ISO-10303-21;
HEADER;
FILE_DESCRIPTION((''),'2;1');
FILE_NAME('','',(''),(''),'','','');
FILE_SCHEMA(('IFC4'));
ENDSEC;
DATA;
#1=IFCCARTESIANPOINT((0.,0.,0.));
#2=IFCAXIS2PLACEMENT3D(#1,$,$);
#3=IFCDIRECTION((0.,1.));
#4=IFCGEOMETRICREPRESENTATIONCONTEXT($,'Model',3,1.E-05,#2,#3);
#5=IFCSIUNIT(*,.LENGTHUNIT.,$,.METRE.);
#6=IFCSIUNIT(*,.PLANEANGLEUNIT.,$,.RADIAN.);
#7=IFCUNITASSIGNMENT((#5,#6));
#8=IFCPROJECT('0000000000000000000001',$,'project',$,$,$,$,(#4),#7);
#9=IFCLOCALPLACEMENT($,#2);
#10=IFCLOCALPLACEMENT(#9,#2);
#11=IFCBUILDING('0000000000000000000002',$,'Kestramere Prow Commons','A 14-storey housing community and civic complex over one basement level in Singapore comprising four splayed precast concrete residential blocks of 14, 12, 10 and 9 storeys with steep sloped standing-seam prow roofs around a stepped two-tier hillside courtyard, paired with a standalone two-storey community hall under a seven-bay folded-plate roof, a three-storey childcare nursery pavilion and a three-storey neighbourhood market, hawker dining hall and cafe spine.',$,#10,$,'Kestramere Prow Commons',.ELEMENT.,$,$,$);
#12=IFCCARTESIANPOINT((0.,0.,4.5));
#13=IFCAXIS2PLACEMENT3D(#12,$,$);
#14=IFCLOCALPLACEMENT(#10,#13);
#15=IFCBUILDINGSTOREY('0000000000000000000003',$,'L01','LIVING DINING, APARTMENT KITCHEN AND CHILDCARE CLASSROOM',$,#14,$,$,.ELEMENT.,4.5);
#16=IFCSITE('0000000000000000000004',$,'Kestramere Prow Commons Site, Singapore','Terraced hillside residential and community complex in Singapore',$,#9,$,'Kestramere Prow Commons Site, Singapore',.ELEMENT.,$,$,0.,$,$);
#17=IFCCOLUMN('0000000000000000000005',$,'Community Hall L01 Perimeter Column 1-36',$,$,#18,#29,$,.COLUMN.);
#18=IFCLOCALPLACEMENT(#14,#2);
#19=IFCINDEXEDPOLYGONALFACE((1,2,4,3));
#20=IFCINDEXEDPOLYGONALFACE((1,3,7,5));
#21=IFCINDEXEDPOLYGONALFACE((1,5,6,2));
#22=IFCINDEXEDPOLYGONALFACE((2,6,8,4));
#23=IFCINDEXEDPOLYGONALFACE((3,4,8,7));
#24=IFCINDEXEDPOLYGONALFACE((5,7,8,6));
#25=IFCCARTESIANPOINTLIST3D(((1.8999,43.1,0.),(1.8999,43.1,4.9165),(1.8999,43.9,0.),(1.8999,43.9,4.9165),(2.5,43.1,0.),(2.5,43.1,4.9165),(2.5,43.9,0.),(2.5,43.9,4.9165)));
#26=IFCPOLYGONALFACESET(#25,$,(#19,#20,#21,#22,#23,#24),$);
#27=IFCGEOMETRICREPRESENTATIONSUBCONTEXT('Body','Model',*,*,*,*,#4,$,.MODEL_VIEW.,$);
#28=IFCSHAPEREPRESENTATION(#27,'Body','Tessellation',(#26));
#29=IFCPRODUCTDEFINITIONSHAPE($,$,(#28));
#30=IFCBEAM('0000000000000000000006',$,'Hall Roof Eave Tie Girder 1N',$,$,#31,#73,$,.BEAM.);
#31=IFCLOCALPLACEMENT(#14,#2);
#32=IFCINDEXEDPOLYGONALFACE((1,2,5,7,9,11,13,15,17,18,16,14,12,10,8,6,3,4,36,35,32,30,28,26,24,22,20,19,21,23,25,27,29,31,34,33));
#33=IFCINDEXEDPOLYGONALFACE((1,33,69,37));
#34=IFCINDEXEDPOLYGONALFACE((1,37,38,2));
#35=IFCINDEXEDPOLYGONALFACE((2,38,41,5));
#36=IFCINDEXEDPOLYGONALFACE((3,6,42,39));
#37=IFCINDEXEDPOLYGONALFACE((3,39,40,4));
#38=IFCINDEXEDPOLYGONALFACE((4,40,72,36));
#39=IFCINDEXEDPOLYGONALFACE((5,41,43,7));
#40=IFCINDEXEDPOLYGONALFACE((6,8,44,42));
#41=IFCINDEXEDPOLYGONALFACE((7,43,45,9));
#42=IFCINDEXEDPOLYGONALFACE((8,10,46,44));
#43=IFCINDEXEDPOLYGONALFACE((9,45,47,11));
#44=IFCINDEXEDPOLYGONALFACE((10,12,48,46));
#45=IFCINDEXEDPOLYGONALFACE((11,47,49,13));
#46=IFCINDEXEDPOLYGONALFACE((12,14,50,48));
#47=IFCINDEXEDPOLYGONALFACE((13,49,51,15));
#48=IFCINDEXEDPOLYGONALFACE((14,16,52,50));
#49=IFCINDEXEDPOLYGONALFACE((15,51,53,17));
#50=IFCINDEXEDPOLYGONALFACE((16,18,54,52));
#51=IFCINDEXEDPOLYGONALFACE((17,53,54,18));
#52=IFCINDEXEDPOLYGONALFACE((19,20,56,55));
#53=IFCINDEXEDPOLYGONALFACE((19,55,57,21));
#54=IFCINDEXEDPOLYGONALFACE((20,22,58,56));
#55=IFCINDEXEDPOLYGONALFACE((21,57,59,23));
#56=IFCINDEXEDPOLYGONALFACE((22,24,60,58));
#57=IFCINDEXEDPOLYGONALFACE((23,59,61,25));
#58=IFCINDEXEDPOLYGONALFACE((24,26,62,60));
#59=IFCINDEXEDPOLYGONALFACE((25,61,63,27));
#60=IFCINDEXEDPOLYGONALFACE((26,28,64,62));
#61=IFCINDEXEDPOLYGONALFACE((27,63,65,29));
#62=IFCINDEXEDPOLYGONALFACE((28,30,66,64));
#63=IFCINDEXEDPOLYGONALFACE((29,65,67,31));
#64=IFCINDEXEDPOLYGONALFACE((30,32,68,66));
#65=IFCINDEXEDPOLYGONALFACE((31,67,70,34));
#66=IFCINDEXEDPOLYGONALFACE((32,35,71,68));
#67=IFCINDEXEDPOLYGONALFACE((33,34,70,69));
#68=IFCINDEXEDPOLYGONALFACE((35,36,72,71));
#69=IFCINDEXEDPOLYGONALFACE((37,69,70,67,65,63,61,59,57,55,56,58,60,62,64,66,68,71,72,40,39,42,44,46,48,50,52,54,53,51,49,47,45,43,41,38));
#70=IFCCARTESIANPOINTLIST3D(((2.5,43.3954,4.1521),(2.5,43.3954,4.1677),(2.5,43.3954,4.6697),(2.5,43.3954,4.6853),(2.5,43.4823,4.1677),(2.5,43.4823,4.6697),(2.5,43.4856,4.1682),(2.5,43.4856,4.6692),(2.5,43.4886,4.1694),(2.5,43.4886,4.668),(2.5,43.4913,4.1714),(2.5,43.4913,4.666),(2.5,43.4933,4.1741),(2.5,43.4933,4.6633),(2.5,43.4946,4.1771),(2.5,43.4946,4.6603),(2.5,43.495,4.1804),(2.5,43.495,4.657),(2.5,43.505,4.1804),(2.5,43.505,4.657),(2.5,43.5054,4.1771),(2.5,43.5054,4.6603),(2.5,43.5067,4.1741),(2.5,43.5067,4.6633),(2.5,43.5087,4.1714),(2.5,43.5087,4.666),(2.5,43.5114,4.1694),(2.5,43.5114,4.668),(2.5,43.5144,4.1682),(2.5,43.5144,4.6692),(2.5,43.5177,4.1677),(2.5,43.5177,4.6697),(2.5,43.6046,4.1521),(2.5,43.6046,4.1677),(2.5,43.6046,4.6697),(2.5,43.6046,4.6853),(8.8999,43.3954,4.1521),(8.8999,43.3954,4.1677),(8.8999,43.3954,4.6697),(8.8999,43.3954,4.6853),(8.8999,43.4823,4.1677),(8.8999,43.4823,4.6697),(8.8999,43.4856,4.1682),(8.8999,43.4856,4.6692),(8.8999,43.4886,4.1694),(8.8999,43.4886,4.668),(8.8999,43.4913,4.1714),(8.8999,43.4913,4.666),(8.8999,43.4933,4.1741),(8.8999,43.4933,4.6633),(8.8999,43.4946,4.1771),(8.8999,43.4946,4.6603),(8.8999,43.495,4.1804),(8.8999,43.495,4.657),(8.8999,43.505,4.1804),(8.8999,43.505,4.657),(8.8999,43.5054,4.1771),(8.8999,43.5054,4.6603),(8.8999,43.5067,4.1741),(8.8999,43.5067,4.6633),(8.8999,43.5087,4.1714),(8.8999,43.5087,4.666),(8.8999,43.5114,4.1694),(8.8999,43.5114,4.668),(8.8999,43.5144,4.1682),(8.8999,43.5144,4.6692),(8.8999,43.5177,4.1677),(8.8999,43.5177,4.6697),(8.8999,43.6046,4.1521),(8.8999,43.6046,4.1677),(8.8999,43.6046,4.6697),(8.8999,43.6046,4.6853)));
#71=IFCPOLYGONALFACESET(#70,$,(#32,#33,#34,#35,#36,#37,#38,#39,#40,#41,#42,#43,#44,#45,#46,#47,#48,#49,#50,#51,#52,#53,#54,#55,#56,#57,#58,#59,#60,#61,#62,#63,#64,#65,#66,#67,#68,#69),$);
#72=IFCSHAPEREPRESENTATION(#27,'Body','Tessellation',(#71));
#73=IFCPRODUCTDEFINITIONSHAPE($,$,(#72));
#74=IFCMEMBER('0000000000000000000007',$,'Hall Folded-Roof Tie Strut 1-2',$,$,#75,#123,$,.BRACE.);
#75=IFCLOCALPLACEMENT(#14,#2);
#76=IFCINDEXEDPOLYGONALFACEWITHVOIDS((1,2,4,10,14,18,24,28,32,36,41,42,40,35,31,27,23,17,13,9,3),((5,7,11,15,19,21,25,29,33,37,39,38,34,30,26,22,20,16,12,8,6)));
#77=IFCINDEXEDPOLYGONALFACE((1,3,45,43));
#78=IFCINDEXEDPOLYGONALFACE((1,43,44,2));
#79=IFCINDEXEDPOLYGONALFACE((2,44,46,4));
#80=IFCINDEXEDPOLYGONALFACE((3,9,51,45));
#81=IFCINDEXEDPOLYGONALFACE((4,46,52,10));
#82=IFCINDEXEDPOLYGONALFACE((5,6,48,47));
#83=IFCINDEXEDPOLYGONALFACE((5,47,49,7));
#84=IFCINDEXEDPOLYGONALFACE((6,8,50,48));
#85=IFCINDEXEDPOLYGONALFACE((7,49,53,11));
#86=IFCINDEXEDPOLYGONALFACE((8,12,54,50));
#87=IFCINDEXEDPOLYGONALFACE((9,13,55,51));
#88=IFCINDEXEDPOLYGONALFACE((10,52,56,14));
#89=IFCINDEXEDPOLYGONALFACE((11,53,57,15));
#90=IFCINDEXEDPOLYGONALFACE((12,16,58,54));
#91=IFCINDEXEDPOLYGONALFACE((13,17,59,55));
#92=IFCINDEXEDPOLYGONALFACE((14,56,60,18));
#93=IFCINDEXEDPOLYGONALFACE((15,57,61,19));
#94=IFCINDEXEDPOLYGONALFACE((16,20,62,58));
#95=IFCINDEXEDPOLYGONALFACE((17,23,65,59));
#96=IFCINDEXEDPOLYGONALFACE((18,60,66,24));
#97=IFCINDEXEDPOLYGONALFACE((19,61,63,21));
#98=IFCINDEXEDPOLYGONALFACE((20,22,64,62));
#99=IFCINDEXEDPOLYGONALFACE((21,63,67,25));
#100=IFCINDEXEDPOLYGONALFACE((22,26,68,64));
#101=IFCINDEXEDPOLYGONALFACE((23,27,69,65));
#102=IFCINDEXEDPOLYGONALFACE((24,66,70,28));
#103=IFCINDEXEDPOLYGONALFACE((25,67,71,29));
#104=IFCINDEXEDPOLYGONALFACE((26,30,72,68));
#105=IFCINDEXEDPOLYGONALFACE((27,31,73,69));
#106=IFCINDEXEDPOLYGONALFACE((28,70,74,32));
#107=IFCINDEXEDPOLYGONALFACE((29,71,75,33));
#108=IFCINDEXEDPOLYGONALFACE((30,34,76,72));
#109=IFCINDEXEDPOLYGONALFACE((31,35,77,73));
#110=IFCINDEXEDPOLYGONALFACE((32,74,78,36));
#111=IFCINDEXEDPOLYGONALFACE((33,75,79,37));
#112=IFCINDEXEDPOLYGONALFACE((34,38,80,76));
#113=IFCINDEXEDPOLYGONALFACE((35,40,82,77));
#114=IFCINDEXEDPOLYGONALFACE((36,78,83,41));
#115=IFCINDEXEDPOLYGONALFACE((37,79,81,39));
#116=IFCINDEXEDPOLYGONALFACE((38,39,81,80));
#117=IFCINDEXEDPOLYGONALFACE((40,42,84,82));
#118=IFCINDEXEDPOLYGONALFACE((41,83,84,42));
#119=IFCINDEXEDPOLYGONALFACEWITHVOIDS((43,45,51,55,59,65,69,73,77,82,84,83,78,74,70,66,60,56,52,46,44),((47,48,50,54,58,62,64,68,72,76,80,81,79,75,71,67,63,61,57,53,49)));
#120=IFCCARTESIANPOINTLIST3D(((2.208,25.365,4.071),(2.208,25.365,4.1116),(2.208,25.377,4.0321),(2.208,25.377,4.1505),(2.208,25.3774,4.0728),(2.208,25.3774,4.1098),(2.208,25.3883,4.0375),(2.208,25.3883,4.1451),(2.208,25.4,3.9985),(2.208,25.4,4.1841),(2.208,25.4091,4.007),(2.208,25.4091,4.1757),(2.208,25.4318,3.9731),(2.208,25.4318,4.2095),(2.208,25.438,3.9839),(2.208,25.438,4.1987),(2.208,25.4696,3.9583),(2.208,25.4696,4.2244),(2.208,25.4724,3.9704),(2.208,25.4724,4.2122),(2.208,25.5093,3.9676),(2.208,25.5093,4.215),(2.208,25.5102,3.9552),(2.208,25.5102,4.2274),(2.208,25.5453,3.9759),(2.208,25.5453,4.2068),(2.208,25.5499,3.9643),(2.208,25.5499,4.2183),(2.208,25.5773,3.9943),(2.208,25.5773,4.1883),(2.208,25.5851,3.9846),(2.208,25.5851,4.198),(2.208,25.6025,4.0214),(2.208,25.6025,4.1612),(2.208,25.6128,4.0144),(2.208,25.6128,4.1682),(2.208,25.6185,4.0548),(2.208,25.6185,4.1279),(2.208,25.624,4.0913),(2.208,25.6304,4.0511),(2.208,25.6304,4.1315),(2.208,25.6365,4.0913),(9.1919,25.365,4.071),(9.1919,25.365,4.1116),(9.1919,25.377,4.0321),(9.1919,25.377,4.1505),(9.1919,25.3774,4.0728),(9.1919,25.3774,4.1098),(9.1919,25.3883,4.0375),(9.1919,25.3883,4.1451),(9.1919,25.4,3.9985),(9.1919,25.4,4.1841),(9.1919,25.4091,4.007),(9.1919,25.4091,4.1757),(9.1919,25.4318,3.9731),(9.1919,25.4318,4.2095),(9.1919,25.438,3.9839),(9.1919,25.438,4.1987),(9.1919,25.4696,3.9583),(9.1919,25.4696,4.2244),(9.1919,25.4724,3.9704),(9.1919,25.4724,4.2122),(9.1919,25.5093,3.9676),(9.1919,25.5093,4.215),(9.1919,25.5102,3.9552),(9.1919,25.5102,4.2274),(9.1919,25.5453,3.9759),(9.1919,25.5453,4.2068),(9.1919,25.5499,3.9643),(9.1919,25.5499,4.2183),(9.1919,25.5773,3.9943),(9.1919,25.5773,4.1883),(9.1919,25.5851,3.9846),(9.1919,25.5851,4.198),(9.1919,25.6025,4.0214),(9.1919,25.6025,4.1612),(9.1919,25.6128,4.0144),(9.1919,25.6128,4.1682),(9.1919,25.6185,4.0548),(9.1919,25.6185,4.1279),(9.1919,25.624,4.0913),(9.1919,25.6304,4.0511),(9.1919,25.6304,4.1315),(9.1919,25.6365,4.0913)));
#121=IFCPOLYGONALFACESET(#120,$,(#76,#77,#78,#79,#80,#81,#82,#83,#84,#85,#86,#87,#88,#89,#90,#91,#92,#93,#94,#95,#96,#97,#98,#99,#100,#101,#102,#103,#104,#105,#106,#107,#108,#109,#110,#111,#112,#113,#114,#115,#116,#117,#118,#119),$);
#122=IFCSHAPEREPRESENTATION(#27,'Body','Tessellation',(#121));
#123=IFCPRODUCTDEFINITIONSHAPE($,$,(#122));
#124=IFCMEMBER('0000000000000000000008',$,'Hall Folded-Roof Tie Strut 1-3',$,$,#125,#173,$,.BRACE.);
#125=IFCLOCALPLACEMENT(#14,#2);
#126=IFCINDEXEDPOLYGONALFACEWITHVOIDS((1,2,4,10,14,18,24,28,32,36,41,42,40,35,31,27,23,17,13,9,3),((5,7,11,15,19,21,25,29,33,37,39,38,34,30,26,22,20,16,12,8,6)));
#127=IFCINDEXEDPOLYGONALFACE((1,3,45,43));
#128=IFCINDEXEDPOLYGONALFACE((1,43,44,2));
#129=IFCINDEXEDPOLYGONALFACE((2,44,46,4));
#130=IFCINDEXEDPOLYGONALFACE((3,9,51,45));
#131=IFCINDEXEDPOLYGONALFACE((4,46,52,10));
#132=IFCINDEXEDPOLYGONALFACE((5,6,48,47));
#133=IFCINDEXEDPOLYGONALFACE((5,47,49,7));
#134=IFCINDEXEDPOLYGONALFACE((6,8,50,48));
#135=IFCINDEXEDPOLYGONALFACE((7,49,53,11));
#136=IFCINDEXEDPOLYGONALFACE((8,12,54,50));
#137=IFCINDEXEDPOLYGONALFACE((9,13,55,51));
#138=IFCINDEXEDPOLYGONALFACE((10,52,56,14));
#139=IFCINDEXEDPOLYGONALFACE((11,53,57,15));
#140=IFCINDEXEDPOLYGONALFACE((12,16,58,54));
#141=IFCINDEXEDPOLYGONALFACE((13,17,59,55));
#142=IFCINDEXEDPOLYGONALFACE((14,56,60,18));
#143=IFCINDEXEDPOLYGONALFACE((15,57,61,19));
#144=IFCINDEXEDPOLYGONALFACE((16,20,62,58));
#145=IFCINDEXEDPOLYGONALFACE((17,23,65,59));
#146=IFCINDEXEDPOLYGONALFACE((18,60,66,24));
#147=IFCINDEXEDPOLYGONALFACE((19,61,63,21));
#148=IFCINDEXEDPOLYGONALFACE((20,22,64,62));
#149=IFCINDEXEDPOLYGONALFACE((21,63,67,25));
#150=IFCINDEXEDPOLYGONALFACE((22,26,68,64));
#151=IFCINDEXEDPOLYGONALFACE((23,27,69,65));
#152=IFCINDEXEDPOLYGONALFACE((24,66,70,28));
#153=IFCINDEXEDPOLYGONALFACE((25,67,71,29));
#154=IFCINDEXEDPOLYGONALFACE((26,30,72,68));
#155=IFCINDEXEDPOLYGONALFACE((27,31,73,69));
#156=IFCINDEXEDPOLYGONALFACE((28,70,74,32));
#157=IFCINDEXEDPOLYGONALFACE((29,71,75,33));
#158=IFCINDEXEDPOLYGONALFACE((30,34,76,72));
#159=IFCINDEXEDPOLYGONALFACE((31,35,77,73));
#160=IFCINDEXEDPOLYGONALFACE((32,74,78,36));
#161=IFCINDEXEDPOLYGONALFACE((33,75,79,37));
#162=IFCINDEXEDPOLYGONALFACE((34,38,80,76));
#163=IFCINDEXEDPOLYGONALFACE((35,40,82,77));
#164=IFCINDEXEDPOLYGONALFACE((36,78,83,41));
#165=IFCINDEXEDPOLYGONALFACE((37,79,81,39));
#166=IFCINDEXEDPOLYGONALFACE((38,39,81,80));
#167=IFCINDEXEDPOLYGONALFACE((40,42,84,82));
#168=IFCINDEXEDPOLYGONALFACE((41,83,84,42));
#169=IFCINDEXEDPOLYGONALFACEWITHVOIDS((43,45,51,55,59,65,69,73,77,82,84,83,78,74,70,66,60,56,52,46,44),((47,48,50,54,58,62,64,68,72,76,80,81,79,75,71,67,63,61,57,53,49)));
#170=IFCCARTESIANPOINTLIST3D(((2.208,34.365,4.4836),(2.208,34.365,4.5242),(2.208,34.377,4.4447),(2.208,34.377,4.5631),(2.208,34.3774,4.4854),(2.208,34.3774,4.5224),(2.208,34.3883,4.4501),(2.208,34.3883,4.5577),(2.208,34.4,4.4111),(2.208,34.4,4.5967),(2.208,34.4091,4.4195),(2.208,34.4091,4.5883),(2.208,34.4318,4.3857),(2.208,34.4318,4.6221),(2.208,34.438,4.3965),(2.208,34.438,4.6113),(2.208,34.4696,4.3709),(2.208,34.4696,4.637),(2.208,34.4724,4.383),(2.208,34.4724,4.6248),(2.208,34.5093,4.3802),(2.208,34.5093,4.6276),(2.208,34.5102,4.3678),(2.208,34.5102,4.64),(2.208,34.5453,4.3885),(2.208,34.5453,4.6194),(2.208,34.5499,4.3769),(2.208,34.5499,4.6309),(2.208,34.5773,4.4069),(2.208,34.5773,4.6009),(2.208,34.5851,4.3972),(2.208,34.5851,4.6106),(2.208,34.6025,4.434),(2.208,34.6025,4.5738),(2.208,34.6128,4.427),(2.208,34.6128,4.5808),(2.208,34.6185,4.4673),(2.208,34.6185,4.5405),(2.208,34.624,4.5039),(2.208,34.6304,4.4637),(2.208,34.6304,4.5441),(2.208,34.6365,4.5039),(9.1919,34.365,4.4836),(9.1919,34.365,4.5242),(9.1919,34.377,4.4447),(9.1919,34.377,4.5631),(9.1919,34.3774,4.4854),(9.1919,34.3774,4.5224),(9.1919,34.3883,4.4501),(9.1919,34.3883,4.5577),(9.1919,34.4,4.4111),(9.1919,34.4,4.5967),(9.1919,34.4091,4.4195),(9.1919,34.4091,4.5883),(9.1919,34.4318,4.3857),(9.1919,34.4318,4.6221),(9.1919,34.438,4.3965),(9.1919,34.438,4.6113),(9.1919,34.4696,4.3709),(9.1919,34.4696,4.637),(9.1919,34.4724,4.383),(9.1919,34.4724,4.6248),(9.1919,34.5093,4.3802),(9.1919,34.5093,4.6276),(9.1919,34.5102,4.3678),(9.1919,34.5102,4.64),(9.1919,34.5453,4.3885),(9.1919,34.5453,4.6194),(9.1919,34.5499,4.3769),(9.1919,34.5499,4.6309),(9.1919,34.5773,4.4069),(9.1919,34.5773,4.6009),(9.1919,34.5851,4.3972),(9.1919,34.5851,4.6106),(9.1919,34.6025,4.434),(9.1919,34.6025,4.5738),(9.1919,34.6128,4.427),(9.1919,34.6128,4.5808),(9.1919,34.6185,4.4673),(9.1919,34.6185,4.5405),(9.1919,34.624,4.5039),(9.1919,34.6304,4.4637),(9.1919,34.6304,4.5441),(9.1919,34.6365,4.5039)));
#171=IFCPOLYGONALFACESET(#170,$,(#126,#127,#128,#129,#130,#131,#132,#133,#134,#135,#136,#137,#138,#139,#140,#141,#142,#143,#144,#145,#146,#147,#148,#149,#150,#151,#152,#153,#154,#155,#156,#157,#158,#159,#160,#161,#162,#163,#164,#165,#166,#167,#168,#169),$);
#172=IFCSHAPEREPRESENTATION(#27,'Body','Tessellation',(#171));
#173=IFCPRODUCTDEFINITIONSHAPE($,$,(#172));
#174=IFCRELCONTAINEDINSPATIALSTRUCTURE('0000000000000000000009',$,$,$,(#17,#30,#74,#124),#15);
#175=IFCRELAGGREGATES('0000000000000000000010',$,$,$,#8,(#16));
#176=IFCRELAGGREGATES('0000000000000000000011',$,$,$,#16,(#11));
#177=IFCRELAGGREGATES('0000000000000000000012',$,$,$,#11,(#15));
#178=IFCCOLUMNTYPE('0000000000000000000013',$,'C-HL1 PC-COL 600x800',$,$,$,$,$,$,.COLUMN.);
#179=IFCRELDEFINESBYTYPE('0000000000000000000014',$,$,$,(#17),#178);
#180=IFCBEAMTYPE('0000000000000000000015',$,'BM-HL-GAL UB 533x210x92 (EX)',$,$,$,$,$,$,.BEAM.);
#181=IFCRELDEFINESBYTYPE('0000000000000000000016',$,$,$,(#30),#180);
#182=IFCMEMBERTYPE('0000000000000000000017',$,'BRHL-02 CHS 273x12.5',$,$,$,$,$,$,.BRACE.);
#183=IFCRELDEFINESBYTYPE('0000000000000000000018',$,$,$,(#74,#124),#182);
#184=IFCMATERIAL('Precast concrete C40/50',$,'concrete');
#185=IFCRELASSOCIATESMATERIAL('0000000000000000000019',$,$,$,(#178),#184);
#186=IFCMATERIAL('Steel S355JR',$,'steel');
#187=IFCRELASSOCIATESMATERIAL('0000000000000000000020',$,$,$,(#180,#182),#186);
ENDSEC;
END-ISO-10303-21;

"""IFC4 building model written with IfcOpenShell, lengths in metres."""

from ifc_helpers import new_model, si_unit, direction, frame, origin, origin_2d, place, context, subcontext, project, spatial, rectangle, hollow_circle, i_section, extrude, material, material_profile, profile_set, type_object, element, save


model = new_model("IFC4")

# Units and contexts
model_context = context("Model", 3, precision=1e-05, world=origin(), true_north=direction((0.0, 1.0)))
body_context = subcontext(model_context, "Body", "Model", "MODEL_VIEW")
ifc_project = project(units=[si_unit("LENGTHUNIT", "METRE"), si_unit("PLANEANGLEUNIT", "RADIAN")], contexts=[model_context])

# Site, building, storey
site_placement = place(None, origin())
site = spatial("IfcSite", under=ifc_project, at=site_placement, Name="Kestramere Prow Commons Site, Singapore", Description="Terraced hillside residential and community complex in Singapore", LongName="Kestramere Prow Commons Site, Singapore", CompositionType="ELEMENT", RefElevation=0.0)
building_placement = place(site_placement, origin())
building = spatial("IfcBuilding", under=site, at=building_placement, Name="Kestramere Prow Commons", Description="A 14-storey housing community and civic complex over one basement level in Singapore comprising four splayed precast concrete residential blocks of 14, 12, 10 and 9 storeys with steep sloped standing-seam prow roofs around a stepped two-tier hillside courtyard, paired with a standalone two-storey community hall under a seven-bay folded-plate roof, a three-storey childcare nursery pavilion and a three-storey neighbourhood market, hawker dining hall and cafe spine.", LongName="Kestramere Prow Commons", CompositionType="ELEMENT")
storey_placement = place(building_placement, frame((0.0, 0.0, 4.5)))
storey = spatial("IfcBuildingStorey", under=building, at=storey_placement, Name="L01", Description="LIVING DINING, APARTMENT KITCHEN AND CHILDCARE CLASSROOM", CompositionType="ELEMENT", Elevation=4.5)

# Column
ifc_material_1 = material(Name="Precast concrete C40/50", Category="concrete")
ifc_material_profile_1 = material_profile(ifc_material_1, rectangle(XDim=0.6001, YDim=0.8, at=origin_2d()), Name="PC-COL 600x800")
ifc_profile_set_1 = profile_set([ifc_material_profile_1], Name="Precast concrete C40/50")
column_type = type_object("IfcColumnType", Name="C-HL1 PC-COL 600x800", PredefinedType="COLUMN", material=ifc_profile_set_1)
column_placement = place(storey_placement, frame((2.2, 43.5, 0.0), z_axis=(0.0, 0.0, 1.0), x_axis=(1.0, 0.0, 0.0)))
element("IfcColumn", 1, at=column_placement, inside=storey, type_object=column_type, Name="Community Hall L01 Perimeter Column 1-36", PredefinedType="COLUMN", context=body_context, shape_type="SweptSolid", body=[
    extrude(rectangle(XDim=0.6001, YDim=0.8, at=origin_2d()), origin(), (0.0, 0.0, 1.0), 4.9165),
])

# Beam
ifc_material_2 = material(Name="Steel S355JR", Category="steel")
ifc_material_profile_2 = material_profile(ifc_material_2, i_section(OverallWidth=0.2092, OverallDepth=0.5332, WebThickness=0.01, FlangeThickness=0.0156, FilletRadius=0.0127, at=origin_2d()), Name="UB 533x210x92")
ifc_profile_set_2 = profile_set([ifc_material_profile_2], Name="Steel S355JR")
beam_type = type_object("IfcBeamType", Name="BM-HL-GAL UB 533x210x92 (EX)", PredefinedType="BEAM", material=ifc_profile_set_2)
beam_placement = place(storey_placement, frame((2.5, 43.5, 4.4187), z_axis=(1.0, 0.0, 0.0), x_axis=(0.0, 1.0, 0.0)))
element("IfcBeam", 2, at=beam_placement, inside=storey, type_object=beam_type, Name="Hall Roof Eave Tie Girder 1N", PredefinedType="BEAM", context=body_context, shape_type="SweptSolid", body=[
    extrude(i_section(OverallWidth=0.2092, OverallDepth=0.5332, WebThickness=0.01, FlangeThickness=0.0156, FilletRadius=0.0127, at=origin_2d()), origin(), (0.0, 0.0, 1.0), 6.3999),
])

# Members
ifc_material_profile_3 = material_profile(ifc_material_2, hollow_circle(Radius=0.1365, WallThickness=0.0125, at=origin_2d()), Name="CHS 273x12.5")
ifc_profile_set_3 = profile_set([ifc_material_profile_3], Name="Steel S355JR")
member_type_1 = type_object("IfcMemberType", Name="BRHL-02 CHS 273x12.5", PredefinedType="BRACE", material=ifc_profile_set_3)
for number, where, z_axis, x_axis, name in (
    (3, (2.208, 25.5, 4.0913), (1.0, 0.0, 0.0), (0.0, 1.0, 0.0), "Hall Folded-Roof Tie Strut 1-2"),
    (4, (2.208, 34.5, 4.5039), (1.0, 0.0, 0.0), (0.0, 1.0, 0.0), "Hall Folded-Roof Tie Strut 1-3"),
):
    element("IfcMember", number, at=place(storey_placement, frame(where, z_axis=z_axis, x_axis=x_axis)), inside=storey, type_object=member_type_1, Name=name, PredefinedType="BRACE", context=body_context, shape_type="SweptSolid", body=[
        extrude(hollow_circle(Radius=0.1365, WallThickness=0.0125, at=origin_2d()), origin(), (0.0, 0.0, 1.0), 6.9839),
    ])

save(model, "model.ifc")
